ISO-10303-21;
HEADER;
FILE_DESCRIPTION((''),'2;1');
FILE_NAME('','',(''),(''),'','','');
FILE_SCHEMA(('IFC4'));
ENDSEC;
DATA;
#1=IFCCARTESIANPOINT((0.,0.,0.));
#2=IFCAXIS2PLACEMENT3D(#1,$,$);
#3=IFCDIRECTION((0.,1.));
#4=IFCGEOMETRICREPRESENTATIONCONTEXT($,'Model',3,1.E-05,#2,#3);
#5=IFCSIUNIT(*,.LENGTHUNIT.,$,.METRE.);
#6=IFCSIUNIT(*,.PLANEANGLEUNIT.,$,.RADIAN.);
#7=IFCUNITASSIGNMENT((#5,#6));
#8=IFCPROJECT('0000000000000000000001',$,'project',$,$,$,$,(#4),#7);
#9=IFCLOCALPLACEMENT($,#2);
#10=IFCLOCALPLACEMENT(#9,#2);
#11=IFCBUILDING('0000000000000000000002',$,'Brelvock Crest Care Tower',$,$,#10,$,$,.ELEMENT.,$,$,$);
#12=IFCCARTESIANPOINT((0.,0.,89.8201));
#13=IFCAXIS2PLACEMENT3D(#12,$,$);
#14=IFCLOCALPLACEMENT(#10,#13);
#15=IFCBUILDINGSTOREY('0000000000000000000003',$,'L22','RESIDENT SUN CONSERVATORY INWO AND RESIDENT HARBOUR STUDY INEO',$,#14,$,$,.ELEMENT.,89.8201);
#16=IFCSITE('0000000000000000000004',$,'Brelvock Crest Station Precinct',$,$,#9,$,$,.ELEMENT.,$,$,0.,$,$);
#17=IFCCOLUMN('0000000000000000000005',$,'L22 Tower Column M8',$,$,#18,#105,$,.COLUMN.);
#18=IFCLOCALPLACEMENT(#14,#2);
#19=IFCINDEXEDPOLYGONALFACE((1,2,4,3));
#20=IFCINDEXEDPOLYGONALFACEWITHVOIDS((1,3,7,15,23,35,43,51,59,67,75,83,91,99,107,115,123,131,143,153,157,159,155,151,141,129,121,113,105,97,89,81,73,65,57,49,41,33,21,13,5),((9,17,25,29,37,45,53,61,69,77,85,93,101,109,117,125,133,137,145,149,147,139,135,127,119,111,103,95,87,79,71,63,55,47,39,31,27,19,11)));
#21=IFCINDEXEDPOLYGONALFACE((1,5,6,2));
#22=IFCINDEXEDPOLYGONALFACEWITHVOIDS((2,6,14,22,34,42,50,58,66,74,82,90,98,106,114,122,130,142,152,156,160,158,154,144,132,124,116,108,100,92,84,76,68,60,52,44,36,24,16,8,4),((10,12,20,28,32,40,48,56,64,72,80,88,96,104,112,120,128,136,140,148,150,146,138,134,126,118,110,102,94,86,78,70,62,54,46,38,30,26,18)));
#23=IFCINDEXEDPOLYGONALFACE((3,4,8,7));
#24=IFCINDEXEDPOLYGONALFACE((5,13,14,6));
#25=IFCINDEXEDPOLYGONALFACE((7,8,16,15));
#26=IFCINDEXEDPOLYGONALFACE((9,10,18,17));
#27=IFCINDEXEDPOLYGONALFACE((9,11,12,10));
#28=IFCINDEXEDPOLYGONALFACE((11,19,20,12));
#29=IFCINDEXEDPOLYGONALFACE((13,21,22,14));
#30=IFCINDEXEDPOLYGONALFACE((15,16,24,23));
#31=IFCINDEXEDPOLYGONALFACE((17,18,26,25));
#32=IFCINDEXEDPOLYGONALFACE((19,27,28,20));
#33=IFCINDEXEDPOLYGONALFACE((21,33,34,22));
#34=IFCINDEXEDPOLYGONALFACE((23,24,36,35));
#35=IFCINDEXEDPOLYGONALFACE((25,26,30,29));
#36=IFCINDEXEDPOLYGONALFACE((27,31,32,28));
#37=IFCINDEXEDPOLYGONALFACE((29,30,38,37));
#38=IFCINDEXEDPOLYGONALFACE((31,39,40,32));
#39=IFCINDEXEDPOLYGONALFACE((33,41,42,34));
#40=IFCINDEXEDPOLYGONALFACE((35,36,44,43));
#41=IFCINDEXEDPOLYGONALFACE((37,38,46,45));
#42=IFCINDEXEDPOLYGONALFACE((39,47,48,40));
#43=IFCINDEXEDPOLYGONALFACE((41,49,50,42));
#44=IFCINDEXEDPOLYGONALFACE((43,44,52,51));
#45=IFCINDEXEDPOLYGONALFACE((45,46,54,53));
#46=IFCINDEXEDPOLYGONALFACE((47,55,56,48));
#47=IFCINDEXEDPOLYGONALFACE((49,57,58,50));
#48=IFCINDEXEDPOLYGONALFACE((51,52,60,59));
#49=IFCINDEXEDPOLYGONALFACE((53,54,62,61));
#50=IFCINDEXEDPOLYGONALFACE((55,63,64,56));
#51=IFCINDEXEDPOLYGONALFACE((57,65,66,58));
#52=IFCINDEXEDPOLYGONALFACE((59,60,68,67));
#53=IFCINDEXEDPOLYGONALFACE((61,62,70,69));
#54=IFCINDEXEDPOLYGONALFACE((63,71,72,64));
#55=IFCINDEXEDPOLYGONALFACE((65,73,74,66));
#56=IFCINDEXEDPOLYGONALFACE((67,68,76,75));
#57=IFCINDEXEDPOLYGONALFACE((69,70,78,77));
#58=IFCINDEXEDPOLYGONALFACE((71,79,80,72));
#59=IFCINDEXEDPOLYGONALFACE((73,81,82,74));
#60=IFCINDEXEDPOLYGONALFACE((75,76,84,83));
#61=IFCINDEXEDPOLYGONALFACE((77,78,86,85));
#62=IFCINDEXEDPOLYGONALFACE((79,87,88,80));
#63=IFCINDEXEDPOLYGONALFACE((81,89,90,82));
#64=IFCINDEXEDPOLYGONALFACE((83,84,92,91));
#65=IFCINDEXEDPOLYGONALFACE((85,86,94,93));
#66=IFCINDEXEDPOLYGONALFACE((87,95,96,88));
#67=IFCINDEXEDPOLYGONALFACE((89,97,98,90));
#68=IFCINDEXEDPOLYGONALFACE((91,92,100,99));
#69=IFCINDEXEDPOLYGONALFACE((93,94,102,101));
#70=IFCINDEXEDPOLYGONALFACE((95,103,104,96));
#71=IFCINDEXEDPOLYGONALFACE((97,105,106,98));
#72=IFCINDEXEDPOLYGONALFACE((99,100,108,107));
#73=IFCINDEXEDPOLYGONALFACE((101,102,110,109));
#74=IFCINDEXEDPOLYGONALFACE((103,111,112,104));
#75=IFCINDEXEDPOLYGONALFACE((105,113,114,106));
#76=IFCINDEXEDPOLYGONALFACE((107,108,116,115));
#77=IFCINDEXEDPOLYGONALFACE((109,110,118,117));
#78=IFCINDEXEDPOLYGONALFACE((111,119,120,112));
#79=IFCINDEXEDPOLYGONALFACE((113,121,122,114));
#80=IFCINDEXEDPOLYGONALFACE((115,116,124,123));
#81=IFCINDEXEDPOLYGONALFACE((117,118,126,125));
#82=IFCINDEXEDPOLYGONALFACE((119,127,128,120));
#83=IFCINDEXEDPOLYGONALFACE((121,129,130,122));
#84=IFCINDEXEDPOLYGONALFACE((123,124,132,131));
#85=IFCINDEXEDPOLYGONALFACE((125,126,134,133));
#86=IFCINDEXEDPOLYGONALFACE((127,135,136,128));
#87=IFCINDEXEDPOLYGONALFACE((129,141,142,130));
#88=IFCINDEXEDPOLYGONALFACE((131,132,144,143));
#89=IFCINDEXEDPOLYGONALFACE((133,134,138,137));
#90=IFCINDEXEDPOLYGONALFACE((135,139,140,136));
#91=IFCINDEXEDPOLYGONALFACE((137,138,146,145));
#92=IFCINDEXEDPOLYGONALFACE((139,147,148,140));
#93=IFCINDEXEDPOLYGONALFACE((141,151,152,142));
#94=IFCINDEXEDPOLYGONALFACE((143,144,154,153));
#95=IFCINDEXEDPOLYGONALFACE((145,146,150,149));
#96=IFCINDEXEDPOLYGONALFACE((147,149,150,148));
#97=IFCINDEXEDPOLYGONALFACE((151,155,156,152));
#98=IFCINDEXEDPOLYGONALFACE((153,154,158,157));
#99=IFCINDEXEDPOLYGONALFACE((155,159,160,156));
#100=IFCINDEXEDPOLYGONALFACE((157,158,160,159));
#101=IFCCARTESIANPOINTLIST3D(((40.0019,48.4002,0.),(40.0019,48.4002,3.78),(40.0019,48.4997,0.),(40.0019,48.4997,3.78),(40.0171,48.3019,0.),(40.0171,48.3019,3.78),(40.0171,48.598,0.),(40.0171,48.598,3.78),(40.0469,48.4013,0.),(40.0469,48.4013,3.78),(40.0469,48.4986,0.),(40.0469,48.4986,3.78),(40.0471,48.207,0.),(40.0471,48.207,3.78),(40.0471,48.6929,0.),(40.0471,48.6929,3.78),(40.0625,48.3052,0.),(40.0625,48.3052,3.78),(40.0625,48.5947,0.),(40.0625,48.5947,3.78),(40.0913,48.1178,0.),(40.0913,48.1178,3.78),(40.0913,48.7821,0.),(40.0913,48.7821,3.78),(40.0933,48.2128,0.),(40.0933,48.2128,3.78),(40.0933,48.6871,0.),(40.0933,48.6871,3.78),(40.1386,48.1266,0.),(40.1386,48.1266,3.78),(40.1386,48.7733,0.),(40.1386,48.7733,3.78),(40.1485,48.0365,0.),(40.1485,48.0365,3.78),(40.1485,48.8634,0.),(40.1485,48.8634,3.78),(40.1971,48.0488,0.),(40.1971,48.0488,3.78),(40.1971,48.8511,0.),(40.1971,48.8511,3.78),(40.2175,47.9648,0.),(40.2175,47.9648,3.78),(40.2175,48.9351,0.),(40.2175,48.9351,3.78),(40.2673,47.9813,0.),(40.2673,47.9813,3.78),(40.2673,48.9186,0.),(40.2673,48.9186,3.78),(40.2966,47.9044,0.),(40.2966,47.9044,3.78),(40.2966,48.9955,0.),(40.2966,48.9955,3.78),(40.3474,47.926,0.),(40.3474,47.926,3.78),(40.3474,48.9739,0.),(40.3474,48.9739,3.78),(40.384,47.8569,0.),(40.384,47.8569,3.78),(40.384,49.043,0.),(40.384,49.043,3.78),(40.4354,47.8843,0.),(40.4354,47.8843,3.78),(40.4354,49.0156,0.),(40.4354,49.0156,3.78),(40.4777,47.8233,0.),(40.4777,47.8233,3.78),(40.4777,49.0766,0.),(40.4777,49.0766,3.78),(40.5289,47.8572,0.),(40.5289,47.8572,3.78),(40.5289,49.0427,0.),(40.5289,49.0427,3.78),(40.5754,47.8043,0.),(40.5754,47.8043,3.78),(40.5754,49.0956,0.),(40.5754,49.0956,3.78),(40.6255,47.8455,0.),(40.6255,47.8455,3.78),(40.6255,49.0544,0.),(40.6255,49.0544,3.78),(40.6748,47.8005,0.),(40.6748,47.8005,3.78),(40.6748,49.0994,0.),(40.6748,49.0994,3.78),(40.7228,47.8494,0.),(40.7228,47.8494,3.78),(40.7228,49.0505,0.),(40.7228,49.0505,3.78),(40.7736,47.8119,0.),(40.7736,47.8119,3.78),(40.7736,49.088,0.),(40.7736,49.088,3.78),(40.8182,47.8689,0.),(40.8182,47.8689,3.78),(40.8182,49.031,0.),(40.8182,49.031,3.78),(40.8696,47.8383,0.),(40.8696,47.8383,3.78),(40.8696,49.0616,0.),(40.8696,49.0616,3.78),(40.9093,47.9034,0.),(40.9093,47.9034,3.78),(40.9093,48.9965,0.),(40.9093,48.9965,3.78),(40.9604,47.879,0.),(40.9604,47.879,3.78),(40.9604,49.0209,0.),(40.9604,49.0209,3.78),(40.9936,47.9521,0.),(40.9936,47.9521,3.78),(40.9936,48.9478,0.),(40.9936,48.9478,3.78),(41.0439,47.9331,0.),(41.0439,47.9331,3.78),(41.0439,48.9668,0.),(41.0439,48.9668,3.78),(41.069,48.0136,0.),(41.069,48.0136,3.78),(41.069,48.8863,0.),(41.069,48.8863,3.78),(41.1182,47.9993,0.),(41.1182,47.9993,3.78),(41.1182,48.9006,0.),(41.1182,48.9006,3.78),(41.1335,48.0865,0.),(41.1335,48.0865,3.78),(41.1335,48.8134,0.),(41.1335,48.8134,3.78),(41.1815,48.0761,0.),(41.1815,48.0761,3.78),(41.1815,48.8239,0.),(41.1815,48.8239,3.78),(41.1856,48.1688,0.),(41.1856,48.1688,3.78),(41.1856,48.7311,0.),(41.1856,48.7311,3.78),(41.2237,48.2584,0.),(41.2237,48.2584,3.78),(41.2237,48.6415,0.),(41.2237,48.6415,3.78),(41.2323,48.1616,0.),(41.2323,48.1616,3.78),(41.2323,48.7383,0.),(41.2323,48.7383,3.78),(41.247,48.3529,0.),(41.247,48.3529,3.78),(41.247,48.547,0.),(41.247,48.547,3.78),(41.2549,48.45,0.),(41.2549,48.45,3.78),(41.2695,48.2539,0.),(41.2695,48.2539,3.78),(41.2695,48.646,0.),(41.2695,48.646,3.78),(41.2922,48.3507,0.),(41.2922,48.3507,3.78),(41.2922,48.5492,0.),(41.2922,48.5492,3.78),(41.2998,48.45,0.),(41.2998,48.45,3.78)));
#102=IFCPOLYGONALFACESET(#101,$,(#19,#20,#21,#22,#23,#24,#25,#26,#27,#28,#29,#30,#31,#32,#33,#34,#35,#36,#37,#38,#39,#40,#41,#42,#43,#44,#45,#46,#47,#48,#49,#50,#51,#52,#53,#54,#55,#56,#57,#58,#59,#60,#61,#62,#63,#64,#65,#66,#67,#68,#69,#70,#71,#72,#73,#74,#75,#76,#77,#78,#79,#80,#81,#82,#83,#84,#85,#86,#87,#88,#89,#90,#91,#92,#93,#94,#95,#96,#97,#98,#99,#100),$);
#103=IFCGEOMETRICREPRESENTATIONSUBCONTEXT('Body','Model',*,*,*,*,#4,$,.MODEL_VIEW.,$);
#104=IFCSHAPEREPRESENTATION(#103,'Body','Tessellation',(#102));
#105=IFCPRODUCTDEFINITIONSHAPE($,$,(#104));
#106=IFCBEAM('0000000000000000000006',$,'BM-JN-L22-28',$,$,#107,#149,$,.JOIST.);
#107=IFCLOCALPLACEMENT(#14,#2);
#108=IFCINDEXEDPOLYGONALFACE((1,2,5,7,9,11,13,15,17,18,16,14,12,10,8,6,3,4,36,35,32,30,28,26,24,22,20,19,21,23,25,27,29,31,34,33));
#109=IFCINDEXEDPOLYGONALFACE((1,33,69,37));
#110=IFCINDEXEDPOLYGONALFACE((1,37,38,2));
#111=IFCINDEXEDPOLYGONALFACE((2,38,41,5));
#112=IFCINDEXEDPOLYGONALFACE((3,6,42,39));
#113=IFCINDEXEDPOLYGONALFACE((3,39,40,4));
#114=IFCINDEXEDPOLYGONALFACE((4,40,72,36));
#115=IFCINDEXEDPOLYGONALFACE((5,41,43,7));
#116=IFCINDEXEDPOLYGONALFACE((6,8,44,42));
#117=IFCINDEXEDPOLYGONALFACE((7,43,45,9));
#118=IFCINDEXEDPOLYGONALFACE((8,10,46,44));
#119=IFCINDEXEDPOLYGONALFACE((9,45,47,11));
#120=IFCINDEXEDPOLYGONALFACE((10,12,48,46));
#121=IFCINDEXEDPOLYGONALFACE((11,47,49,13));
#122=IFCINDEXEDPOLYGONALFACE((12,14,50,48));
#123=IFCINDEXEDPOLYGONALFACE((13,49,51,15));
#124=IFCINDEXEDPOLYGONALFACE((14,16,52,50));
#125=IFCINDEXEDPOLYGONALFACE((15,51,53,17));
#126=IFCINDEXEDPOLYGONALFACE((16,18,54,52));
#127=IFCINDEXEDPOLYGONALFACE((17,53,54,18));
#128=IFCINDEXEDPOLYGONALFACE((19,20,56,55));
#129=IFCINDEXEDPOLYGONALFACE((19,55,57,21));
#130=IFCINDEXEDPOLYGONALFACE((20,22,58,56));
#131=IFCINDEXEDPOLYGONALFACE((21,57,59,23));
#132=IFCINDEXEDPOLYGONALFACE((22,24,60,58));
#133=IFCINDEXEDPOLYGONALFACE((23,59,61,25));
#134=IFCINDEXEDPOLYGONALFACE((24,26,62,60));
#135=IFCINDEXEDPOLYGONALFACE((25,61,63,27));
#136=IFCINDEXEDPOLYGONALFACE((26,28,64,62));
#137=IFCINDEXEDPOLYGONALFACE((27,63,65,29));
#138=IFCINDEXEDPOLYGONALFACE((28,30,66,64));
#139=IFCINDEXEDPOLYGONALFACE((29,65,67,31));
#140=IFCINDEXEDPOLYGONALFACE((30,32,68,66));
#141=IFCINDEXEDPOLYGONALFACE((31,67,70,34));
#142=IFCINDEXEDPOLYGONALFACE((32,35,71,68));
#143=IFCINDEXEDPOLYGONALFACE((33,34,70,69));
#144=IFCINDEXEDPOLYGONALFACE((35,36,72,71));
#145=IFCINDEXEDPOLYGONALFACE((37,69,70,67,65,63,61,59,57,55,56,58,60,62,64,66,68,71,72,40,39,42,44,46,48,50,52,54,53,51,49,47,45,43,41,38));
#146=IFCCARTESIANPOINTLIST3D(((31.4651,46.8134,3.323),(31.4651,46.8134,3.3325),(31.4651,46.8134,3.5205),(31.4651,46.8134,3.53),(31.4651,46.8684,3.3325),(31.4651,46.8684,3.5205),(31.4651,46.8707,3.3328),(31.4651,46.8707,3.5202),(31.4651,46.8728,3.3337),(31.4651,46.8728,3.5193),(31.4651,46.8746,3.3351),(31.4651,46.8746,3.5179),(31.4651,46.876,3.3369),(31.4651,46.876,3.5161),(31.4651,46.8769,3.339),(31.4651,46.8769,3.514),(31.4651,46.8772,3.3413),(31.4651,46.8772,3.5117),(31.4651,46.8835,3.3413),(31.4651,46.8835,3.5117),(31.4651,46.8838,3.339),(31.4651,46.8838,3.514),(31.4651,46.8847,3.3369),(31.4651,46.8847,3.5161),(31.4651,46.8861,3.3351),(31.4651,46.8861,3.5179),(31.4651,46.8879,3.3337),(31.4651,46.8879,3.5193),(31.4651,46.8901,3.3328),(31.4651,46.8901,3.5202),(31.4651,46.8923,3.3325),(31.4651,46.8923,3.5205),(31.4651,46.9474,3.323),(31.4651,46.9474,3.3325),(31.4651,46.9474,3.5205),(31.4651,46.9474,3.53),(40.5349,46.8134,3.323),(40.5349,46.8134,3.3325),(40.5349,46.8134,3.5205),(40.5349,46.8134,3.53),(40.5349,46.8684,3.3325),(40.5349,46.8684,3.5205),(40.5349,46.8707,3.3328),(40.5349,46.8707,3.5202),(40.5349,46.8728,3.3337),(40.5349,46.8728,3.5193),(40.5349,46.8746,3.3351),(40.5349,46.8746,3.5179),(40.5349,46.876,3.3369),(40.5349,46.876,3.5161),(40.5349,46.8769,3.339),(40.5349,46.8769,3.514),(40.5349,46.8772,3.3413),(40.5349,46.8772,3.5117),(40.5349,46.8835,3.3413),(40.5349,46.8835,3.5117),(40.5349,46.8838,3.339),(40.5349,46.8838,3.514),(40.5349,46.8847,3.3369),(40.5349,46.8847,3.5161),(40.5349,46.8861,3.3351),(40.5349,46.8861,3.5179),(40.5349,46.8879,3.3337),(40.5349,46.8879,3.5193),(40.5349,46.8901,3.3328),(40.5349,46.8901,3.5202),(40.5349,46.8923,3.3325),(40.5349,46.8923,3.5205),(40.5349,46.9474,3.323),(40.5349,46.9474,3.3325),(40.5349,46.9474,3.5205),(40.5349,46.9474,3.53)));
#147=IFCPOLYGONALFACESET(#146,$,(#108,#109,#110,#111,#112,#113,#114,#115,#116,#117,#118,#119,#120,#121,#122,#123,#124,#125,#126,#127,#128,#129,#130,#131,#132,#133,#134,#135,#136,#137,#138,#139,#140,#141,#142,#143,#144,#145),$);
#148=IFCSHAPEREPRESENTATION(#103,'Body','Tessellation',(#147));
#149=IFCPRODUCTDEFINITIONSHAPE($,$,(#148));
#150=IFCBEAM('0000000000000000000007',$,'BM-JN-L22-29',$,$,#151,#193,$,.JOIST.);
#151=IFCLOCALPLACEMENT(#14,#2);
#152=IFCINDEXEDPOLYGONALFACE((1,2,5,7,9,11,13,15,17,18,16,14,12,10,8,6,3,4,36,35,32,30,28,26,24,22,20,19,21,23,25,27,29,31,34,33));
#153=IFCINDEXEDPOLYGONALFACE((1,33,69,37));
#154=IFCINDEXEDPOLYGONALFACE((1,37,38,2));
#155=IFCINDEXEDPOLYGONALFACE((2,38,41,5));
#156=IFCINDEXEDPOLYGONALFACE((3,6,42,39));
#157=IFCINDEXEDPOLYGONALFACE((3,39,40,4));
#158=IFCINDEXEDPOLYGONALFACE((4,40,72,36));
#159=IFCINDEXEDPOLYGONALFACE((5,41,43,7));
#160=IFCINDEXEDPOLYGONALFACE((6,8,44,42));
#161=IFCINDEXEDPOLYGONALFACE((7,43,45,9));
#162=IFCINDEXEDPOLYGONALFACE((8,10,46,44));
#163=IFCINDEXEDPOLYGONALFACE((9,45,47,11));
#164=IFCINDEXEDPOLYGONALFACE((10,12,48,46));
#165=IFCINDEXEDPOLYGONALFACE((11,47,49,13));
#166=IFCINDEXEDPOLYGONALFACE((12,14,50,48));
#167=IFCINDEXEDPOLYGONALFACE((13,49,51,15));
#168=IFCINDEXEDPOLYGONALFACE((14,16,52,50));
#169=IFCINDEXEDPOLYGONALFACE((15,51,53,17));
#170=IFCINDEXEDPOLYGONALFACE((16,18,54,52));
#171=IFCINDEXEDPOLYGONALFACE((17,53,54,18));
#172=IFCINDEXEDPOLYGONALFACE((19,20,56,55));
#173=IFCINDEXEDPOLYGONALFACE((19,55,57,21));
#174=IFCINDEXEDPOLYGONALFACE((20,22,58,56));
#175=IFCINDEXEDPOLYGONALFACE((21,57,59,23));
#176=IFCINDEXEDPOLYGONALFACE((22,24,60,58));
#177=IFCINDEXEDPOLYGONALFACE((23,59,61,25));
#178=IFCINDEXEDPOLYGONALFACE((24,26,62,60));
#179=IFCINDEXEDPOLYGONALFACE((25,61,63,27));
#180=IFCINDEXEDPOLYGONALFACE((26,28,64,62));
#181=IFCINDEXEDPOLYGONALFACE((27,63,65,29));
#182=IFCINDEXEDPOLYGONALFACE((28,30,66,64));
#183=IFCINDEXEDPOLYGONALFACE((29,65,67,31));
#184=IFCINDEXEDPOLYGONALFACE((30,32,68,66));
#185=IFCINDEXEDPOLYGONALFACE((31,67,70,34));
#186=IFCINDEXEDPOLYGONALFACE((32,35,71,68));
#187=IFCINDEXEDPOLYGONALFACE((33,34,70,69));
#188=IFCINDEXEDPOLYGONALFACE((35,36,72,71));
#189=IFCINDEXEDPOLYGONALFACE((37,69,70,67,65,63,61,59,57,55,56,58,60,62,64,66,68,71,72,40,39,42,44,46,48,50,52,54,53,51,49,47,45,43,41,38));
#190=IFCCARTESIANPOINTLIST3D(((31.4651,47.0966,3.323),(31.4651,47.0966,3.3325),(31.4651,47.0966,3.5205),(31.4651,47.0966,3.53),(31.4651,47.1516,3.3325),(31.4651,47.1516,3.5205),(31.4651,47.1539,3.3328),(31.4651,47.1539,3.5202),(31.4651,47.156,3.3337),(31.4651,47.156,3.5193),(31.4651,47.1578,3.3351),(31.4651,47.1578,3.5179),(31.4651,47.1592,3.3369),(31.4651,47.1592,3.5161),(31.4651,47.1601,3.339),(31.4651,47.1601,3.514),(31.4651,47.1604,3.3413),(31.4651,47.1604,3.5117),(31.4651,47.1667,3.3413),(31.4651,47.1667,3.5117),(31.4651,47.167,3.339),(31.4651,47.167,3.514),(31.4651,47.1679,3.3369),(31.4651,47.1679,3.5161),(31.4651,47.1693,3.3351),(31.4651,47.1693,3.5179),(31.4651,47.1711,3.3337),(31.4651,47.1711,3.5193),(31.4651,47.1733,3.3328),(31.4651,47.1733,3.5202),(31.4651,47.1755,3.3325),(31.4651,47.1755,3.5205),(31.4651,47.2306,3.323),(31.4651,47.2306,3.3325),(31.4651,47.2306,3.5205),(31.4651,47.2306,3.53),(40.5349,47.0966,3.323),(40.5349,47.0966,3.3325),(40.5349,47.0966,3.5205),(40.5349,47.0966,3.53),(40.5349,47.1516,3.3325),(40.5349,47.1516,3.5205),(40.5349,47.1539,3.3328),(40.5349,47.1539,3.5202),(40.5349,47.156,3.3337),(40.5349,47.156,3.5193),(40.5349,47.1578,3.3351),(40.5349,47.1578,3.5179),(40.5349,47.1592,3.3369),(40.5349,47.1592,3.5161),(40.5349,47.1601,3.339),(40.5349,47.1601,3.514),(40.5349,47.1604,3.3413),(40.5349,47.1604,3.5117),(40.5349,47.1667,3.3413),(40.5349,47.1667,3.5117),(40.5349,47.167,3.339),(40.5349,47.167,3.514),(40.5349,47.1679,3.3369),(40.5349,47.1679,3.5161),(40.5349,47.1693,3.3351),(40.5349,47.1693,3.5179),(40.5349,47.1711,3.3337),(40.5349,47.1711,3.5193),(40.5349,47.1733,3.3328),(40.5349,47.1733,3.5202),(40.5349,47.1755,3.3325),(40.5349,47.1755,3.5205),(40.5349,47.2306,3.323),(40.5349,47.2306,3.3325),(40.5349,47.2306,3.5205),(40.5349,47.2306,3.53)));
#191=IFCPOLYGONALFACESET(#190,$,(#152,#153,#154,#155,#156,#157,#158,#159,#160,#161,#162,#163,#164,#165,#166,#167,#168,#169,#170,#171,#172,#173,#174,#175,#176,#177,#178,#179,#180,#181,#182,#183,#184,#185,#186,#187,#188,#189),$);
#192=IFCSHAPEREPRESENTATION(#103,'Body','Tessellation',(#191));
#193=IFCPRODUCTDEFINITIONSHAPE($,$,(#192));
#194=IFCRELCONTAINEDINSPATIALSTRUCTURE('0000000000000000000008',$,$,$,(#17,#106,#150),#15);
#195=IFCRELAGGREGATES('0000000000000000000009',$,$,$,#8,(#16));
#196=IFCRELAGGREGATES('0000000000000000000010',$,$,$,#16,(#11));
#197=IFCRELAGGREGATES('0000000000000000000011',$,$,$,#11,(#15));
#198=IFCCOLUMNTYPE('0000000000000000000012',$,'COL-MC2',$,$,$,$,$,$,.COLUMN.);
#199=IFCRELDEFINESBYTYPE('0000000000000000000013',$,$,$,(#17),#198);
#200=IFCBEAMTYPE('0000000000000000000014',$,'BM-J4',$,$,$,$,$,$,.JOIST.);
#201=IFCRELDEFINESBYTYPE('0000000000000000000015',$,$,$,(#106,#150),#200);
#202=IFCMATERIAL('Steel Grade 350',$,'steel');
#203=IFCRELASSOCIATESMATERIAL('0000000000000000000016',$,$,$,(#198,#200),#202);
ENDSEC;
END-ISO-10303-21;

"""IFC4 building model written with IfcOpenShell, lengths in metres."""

from ifc_helpers import new_model, si_unit, direction, frame, origin, origin_2d, place, context, subcontext, project, spatial, hollow_circle, i_section, extrude, source, transform, mapped, material, material_profile, profile_set, type_object, element, save


model = new_model("IFC4")

# Units and contexts
model_context = context("Model", 3, precision=1e-05, world=origin(), true_north=direction((0.0, 1.0)))
body_context = subcontext(model_context, "Body", "Model", "MODEL_VIEW")
ifc_project = project(units=[si_unit("LENGTHUNIT", "METRE"), si_unit("PLANEANGLEUNIT", "RADIAN")], contexts=[model_context])

# Site, building, storey
site_placement = place(None, origin())
site = spatial("IfcSite", under=ifc_project, at=site_placement, Name="Brelvock Crest Station Precinct", CompositionType="ELEMENT", RefElevation=0.0)
building_placement = place(site_placement, origin())
building = spatial("IfcBuilding", under=site, at=building_placement, Name="Brelvock Crest Care Tower", CompositionType="ELEMENT")
storey_placement = place(building_placement, frame((0.0, 0.0, 89.8201)))
storey = spatial("IfcBuildingStorey", under=building, at=storey_placement, Name="L22", Description="RESIDENT SUN CONSERVATORY INWO AND RESIDENT HARBOUR STUDY INEO", CompositionType="ELEMENT", Elevation=89.8201)

# Column
ifc_material_1 = material(Name="Steel Grade 350", Category="steel")
ifc_material_profile_1 = material_profile(ifc_material_1, hollow_circle(Radius=0.6499, WallThickness=0.0449, at=origin_2d()), Name="CFT1300x45")
ifc_profile_set_1 = profile_set([ifc_material_profile_1], Name="Steel Grade 350")
column_type = type_object("IfcColumnType", Name="COL-MC2", PredefinedType="COLUMN", material=ifc_profile_set_1)
shared_shape_1 = source(origin(), body_context, "Body", "SweptSolid", [
    extrude(hollow_circle(Radius=0.6499, WallThickness=0.0449, at=origin_2d()), origin(), (0.0, 0.0, 1.0), 3.78),
])
column_placement = place(storey_placement, frame((40.6499, 48.45, 0.0), z_axis=(0.0, 0.0, 1.0), x_axis=(1.0, 0.0, 0.0)))
element("IfcColumn", 1, at=column_placement, inside=storey, type_object=column_type, Name="L22 Tower Column M8", PredefinedType="COLUMN", context=body_context, shape_type="MappedRepresentation", body=[
    mapped(shared_shape_1, transform((0.0, 0.0, 0.0), x_axis=(1.0, 0.0, 0.0), y_axis=(0.0, 1.0, 0.0), z_axis=(0.0, 0.0, 1.0), scale=1.0)),
])

# Beams
ifc_material_profile_2 = material_profile(ifc_material_1, i_section(OverallWidth=0.134, OverallDepth=0.207, WebThickness=0.0063, FlangeThickness=0.0095, FilletRadius=0.0088, at=origin_2d()), Name="200UB29.8")
ifc_profile_set_2 = profile_set([ifc_material_profile_2], Name="Steel Grade 350")
beam_type_1 = type_object("IfcBeamType", Name="BM-J4", PredefinedType="JOIST", material=ifc_profile_set_2)
shared_shape_2 = source(origin(), body_context, "Body", "SweptSolid", [
    extrude(i_section(OverallWidth=0.134, OverallDepth=0.207, WebThickness=0.0063, FlangeThickness=0.0095, FilletRadius=0.0088, at=origin_2d()), origin(), (0.0, 0.0, 1.0), 9.0698),
])
for number, where, z_axis, x_axis, name in (
    (2, (31.4651, 46.8804, 3.4265), (1.0, 0.0, 0.0), (0.0, 1.0, 0.0), "BM-JN-L22-28"),
    (3, (31.4651, 47.1636, 3.4265), (1.0, 0.0, 0.0), (0.0, 1.0, 0.0), "BM-JN-L22-29"),
):
    element("IfcBeam", number, at=place(storey_placement, frame(where, z_axis=z_axis, x_axis=x_axis)), inside=storey, type_object=beam_type_1, Name=name, PredefinedType="JOIST", context=body_context, shape_type="MappedRepresentation", body=[
        mapped(shared_shape_2, transform((0.0, 0.0, 0.0), x_axis=(1.0, 0.0, 0.0), y_axis=(0.0, 1.0, 0.0), z_axis=(0.0, 0.0, 1.0), scale=1.0)),
    ])

save(model, "model.ifc")
